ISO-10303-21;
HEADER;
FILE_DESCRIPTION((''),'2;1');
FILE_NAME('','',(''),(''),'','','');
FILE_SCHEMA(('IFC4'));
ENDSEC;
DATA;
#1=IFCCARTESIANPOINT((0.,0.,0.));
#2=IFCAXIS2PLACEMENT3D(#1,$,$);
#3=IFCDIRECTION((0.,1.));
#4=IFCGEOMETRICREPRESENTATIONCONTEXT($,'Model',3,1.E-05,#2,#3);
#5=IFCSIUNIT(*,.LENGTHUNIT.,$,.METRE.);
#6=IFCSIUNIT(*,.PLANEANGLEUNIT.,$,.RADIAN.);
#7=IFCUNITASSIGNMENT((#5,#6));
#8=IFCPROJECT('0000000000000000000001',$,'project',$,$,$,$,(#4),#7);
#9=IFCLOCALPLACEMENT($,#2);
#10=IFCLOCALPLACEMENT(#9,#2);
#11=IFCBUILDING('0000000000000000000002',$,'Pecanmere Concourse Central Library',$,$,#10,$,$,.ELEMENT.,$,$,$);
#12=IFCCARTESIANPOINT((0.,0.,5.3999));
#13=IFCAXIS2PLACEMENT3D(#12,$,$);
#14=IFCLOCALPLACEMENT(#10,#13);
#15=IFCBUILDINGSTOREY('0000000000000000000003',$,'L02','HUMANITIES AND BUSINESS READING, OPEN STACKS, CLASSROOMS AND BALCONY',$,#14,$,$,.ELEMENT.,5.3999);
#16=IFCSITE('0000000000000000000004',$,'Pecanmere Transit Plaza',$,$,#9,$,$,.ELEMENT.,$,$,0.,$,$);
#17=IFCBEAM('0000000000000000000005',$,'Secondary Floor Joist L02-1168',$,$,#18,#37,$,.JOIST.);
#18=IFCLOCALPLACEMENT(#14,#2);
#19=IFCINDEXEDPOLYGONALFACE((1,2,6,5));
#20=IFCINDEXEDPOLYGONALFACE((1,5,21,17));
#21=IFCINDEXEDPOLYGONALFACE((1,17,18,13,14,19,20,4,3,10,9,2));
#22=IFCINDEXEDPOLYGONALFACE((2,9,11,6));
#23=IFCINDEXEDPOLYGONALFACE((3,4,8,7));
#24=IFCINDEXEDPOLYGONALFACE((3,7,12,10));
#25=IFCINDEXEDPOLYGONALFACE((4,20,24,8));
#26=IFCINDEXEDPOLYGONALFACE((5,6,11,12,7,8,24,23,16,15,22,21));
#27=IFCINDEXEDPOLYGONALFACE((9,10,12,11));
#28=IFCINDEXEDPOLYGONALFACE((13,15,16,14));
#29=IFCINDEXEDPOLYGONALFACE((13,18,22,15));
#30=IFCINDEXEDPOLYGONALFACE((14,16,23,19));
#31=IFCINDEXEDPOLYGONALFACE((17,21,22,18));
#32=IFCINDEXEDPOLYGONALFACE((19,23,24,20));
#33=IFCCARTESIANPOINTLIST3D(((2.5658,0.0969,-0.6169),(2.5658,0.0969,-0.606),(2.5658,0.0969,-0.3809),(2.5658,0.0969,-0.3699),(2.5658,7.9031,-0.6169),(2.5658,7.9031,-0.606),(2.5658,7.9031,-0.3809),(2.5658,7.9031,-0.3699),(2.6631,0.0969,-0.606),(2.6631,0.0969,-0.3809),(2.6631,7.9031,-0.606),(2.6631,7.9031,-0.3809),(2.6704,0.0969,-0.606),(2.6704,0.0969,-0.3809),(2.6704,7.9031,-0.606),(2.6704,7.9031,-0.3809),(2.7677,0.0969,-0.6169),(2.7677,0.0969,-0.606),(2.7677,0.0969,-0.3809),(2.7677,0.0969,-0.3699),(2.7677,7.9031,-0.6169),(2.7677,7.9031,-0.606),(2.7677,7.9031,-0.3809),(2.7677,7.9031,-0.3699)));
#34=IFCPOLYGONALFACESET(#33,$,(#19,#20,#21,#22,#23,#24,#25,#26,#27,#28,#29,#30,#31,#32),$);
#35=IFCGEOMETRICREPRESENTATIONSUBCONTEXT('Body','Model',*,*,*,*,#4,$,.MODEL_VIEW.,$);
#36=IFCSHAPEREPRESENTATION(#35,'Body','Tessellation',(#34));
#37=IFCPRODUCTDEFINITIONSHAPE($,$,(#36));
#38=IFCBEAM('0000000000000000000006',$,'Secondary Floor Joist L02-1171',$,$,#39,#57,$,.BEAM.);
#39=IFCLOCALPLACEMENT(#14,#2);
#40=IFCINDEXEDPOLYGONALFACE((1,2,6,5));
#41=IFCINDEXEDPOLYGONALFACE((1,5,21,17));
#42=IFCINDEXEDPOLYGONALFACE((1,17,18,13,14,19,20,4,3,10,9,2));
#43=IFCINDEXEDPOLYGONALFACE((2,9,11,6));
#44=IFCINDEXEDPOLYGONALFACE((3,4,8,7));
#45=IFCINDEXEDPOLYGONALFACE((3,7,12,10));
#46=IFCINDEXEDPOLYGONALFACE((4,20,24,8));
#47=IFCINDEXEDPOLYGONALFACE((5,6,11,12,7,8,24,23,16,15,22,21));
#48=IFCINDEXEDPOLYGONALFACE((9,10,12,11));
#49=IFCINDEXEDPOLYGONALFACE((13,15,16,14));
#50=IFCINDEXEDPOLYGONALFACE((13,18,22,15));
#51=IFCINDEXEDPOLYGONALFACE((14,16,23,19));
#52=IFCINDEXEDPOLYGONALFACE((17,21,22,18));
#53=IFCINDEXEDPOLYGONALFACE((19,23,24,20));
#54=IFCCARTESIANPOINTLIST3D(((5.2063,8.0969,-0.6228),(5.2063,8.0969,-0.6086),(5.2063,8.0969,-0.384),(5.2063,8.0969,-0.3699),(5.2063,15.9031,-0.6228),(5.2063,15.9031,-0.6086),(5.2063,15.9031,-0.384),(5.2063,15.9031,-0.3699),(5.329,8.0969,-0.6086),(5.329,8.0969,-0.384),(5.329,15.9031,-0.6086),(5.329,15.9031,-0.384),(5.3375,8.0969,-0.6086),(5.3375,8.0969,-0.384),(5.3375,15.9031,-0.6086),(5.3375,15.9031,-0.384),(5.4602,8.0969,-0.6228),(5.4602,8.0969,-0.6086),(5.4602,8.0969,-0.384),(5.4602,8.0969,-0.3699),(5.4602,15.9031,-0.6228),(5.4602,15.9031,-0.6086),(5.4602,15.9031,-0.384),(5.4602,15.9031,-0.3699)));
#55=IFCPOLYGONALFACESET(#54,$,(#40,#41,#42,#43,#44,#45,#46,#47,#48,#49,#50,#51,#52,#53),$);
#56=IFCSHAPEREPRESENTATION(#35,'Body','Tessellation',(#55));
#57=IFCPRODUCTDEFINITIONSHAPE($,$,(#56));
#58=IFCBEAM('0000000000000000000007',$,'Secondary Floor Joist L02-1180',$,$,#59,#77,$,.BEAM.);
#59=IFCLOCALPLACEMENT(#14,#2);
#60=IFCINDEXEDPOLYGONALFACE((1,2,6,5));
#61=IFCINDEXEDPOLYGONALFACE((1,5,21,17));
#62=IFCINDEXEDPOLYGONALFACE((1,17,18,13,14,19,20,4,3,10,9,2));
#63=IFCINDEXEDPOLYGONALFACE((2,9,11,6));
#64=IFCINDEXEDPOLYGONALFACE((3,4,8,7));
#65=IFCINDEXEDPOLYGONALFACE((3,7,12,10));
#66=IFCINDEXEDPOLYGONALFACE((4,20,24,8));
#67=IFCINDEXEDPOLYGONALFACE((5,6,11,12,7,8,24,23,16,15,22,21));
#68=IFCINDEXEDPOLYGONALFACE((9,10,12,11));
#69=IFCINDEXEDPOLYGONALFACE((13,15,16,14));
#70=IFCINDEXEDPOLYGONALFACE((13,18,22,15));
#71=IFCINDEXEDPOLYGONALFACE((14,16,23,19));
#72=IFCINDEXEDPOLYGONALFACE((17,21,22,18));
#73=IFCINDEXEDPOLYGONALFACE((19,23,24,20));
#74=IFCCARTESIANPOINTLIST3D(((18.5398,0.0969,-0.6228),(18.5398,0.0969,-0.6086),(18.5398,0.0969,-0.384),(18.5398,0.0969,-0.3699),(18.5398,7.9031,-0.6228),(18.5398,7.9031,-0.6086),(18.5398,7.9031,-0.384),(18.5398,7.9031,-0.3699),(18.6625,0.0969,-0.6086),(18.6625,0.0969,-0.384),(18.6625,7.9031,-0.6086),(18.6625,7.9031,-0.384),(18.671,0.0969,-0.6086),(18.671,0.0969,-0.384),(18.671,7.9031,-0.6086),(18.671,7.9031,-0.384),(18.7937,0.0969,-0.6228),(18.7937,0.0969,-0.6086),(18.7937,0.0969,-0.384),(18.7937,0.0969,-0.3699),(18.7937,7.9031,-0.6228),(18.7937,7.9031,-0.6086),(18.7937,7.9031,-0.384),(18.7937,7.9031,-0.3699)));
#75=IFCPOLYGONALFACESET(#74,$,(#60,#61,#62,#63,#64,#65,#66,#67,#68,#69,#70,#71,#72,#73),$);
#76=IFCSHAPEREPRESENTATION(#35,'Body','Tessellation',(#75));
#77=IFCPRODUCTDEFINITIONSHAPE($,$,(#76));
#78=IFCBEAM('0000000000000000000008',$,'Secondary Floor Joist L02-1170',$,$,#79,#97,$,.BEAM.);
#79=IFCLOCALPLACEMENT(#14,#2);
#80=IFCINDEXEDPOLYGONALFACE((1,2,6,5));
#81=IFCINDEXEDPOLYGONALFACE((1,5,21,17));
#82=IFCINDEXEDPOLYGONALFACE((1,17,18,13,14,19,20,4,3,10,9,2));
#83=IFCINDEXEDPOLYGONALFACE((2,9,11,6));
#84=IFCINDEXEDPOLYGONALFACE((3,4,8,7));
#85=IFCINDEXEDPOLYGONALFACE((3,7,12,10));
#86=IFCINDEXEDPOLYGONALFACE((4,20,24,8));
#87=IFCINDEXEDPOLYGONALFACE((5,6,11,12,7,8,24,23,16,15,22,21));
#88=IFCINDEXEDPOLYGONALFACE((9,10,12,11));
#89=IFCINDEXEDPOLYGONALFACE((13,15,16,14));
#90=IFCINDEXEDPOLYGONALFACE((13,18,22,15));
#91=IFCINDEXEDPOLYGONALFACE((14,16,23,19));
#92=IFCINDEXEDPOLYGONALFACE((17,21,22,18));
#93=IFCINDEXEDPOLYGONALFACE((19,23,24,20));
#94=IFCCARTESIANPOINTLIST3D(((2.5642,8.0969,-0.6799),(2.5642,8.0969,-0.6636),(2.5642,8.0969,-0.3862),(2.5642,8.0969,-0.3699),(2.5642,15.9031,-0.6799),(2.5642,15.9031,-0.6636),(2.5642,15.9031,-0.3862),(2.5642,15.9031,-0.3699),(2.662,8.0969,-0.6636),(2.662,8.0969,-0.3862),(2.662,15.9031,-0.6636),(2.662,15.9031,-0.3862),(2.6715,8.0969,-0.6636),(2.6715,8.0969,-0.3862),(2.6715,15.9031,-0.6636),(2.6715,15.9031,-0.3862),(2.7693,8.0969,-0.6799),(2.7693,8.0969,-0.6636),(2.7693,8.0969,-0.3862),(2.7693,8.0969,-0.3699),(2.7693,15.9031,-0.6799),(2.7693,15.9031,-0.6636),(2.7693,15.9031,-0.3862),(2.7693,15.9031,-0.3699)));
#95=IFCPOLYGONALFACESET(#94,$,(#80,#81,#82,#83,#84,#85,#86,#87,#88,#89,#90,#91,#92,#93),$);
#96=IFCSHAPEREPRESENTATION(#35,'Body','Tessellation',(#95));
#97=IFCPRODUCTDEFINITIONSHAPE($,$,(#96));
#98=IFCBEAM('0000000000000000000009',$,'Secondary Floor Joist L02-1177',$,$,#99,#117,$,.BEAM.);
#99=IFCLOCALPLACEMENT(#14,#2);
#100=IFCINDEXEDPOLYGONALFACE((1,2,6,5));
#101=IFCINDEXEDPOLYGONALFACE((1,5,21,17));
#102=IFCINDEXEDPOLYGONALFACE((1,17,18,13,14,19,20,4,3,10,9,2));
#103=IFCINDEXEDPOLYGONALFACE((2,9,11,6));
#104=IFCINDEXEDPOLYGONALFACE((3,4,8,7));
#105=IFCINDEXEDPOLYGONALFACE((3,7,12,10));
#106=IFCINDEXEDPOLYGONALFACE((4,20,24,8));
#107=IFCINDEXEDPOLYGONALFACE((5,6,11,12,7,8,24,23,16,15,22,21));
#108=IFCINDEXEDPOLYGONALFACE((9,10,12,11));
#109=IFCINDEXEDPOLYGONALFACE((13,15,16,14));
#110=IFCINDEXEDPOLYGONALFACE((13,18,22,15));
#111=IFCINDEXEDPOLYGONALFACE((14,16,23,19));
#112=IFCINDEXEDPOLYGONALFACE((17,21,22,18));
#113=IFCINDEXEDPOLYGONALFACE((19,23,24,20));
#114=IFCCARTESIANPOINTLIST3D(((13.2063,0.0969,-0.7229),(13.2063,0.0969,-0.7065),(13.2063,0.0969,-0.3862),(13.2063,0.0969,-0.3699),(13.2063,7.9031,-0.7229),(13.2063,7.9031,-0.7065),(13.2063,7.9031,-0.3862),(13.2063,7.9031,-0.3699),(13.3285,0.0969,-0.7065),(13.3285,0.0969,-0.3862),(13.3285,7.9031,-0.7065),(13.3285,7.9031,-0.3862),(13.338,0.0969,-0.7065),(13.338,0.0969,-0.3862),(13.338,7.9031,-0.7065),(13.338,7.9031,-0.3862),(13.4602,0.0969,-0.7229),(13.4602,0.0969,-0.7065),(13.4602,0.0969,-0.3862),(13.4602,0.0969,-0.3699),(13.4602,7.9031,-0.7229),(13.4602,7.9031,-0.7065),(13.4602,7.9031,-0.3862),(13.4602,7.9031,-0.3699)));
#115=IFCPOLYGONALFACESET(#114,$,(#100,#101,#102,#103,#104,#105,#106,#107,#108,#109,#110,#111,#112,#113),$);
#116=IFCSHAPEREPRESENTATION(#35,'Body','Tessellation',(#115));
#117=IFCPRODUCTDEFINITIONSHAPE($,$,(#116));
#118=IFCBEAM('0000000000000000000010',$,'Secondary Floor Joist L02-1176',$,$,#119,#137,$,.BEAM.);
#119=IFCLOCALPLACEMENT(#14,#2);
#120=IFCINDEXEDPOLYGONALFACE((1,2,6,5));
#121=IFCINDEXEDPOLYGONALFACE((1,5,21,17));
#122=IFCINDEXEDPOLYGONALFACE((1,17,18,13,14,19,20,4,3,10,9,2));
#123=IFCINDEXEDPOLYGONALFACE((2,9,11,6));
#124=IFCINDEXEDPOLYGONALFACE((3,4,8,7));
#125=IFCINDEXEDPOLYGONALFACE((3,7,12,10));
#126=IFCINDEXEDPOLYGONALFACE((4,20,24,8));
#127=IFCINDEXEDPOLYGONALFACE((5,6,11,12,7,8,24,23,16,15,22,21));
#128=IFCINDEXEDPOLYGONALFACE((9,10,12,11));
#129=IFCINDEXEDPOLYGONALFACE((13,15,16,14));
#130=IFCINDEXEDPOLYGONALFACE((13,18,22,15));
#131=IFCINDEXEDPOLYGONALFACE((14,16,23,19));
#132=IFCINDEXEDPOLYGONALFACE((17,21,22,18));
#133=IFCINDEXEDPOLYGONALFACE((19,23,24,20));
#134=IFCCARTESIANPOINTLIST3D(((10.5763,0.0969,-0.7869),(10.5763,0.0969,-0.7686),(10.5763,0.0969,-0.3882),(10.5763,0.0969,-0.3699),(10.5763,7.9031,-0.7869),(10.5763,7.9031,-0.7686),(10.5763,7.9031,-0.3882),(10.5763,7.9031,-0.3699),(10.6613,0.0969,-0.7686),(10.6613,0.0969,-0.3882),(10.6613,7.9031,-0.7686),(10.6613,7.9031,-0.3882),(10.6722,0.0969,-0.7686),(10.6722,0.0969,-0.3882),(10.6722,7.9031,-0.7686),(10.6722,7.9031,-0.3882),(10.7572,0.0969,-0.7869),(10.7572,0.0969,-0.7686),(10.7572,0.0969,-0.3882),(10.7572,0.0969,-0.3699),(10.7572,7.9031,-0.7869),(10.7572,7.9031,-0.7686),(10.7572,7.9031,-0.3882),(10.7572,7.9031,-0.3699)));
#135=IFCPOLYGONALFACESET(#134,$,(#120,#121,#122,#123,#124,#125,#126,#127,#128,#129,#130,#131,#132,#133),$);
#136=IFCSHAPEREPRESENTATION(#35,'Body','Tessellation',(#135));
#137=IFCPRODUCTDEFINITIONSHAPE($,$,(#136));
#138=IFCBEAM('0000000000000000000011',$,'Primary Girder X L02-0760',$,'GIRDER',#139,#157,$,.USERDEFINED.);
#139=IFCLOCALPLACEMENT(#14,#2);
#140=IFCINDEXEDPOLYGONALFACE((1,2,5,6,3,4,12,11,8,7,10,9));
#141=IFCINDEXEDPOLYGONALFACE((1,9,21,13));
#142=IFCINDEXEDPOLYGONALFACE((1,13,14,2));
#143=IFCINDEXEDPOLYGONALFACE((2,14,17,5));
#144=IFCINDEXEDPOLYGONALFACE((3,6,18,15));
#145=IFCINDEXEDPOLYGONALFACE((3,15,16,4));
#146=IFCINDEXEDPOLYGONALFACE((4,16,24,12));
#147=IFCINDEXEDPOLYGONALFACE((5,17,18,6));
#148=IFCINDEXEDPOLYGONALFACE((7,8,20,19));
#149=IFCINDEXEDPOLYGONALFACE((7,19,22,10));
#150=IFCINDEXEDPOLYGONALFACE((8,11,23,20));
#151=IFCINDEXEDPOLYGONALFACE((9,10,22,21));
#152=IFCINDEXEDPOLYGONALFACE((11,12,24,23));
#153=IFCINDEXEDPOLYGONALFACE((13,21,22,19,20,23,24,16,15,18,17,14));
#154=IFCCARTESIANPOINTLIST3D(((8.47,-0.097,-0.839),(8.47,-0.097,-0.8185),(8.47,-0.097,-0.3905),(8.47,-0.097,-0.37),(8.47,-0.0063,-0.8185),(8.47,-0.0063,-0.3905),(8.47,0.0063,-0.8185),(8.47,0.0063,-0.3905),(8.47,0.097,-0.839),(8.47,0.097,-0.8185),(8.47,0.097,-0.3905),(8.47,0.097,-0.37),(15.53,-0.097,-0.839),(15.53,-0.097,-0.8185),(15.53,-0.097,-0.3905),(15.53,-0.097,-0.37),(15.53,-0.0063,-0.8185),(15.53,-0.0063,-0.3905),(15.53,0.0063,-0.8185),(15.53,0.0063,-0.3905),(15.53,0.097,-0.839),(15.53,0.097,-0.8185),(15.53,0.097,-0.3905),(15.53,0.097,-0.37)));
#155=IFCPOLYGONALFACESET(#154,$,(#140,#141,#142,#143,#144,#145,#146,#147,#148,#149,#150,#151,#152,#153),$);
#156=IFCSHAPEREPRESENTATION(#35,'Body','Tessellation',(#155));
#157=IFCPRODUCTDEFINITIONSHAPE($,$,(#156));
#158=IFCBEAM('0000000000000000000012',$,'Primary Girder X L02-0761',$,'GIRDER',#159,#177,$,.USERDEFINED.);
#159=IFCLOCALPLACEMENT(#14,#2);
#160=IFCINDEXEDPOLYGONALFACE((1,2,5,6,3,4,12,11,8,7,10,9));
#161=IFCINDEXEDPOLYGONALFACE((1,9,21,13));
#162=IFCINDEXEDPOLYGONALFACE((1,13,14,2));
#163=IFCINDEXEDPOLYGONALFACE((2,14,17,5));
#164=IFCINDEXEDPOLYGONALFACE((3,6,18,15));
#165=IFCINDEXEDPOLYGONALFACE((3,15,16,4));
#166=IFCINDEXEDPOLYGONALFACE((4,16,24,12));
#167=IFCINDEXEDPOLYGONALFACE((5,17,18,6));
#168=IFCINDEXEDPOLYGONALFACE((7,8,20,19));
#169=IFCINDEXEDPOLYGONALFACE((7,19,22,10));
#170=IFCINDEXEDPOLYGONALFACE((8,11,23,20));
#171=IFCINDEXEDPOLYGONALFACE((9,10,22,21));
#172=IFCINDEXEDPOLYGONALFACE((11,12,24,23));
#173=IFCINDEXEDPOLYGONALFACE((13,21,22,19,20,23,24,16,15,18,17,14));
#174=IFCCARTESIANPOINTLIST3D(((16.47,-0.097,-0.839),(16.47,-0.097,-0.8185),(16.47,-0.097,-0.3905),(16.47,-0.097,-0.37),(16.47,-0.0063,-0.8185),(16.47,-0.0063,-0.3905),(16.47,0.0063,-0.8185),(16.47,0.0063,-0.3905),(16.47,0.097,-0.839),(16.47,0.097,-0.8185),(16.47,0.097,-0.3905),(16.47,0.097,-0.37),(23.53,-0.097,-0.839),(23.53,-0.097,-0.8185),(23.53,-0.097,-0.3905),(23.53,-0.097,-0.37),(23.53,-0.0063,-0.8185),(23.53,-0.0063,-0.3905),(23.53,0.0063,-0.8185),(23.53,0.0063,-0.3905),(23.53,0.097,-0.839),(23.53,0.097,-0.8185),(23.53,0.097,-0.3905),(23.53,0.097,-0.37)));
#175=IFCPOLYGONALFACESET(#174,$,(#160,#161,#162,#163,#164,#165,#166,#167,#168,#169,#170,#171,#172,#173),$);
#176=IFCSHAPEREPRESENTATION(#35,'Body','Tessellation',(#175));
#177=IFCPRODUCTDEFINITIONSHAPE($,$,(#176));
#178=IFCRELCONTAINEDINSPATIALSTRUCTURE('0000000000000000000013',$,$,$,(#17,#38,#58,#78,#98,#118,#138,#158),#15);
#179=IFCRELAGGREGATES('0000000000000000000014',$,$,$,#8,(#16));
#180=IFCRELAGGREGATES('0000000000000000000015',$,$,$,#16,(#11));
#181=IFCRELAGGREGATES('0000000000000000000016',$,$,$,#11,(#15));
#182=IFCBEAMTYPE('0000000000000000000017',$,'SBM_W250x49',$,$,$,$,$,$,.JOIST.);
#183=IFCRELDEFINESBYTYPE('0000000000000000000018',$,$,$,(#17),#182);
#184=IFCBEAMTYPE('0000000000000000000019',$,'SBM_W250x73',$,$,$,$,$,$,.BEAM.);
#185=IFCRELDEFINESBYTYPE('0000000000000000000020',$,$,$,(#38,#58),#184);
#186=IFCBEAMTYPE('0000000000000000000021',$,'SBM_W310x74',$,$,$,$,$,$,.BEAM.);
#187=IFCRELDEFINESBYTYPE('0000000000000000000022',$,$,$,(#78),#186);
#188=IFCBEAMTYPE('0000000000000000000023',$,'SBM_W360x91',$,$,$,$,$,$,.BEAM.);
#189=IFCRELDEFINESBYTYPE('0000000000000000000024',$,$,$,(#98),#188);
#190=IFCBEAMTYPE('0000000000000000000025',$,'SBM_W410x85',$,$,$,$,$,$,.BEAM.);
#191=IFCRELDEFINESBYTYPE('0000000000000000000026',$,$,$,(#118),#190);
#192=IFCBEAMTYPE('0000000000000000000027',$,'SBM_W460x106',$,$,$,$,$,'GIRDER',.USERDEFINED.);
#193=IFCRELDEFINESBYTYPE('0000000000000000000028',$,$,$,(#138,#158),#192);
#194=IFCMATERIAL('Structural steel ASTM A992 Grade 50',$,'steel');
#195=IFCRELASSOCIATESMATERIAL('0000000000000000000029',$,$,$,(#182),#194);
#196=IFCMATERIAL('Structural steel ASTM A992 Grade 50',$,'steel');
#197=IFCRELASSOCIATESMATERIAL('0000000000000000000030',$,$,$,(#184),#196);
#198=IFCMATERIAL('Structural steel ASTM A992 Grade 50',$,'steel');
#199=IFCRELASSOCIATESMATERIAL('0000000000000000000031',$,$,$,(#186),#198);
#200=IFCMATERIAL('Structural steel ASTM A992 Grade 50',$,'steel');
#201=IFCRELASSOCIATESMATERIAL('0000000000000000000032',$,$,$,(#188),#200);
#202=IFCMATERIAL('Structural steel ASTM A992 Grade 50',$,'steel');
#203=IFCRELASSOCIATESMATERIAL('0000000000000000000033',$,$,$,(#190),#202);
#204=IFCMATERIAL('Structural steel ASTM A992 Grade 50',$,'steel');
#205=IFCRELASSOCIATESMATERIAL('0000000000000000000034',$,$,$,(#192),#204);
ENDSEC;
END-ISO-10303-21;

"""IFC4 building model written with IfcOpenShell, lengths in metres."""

from ifc_helpers import new_model, si_unit, direction, frame, origin, origin_2d, place, context, subcontext, project, spatial, i_section, extrude, material, material_profile, profile_set, type_object, element, save


model = new_model("IFC4")

# Units and contexts
model_context = context("Model", 3, precision=1e-05, world=origin(), true_north=direction((0.0, 1.0)))
body_context = subcontext(model_context, "Body", "Model", "MODEL_VIEW")
ifc_project = project(units=[si_unit("LENGTHUNIT", "METRE"), si_unit("PLANEANGLEUNIT", "RADIAN")], contexts=[model_context])

# Site, building, storey
site_placement = place(None, origin())
site = spatial("IfcSite", under=ifc_project, at=site_placement, Name="Pecanmere Transit Plaza", CompositionType="ELEMENT", RefElevation=0.0)
building_placement = place(site_placement, origin())
building = spatial("IfcBuilding", under=site, at=building_placement, Name="Pecanmere Concourse Central Library", CompositionType="ELEMENT")
storey_placement = place(building_placement, frame((0.0, 0.0, 5.3999)))
storey = spatial("IfcBuildingStorey", under=building, at=storey_placement, Name="L02", Description="HUMANITIES AND BUSINESS READING, OPEN STACKS, CLASSROOMS AND BALCONY", CompositionType="ELEMENT", Elevation=5.3999)

# Beams
ifc_material_1 = material(Name="Structural steel ASTM A992 Grade 50", Category="steel")
ifc_material_profile_1 = material_profile(ifc_material_1, i_section(OverallWidth=0.2019, OverallDepth=0.2471, WebThickness=0.0073, FlangeThickness=0.011, at=origin_2d()), Name="W250x49.1")
ifc_profile_set_1 = profile_set([ifc_material_profile_1], Name="Structural steel ASTM A992 Grade 50")
beam_type_1 = type_object("IfcBeamType", Name="SBM_W250x49", PredefinedType="JOIST", material=ifc_profile_set_1)
beam_1_placement = place(storey_placement, frame((2.6667, 0.0969, -0.4934), z_axis=(0.0, 1.0, 0.0), x_axis=(-1.0, 0.0, 0.0)))
element("IfcBeam", 1, at=beam_1_placement, inside=storey, type_object=beam_type_1, Name="Secondary Floor Joist L02-1168", PredefinedType="JOIST", context=body_context, shape_type="SweptSolid", body=[
    extrude(i_section(OverallWidth=0.2019, OverallDepth=0.2471, WebThickness=0.0073, FlangeThickness=0.011, at=origin_2d()), origin(), (0.0, 0.0, 1.0), 7.8062),
])
ifc_material_2 = material(Name="Structural steel ASTM A992 Grade 50", Category="steel")
ifc_material_profile_2 = material_profile(ifc_material_2, i_section(OverallWidth=0.2539, OverallDepth=0.2529, WebThickness=0.0085, FlangeThickness=0.0142, at=origin_2d()), Name="W250x73")
ifc_profile_set_2 = profile_set([ifc_material_profile_2], Name="Structural steel ASTM A992 Grade 50")
beam_type_2 = type_object("IfcBeamType", Name="SBM_W250x73", PredefinedType="BEAM", material=ifc_profile_set_2)
for number, where, z_axis, x_axis, name in (
    (2, (5.3333, 8.0969, -0.4963), (0.0, 1.0, 0.0), (-1.0, 0.0, 0.0), "Secondary Floor Joist L02-1171"),
    (3, (18.6667, 0.0969, -0.4963), (0.0, 1.0, 0.0), (-1.0, 0.0, 0.0), "Secondary Floor Joist L02-1180"),
):
    element("IfcBeam", number, at=place(storey_placement, frame(where, z_axis=z_axis, x_axis=x_axis)), inside=storey, type_object=beam_type_2, Name=name, PredefinedType="BEAM", context=body_context, shape_type="SweptSolid", body=[
        extrude(i_section(OverallWidth=0.2539, OverallDepth=0.2529, WebThickness=0.0085, FlangeThickness=0.0142, at=origin_2d()), origin(), (0.0, 0.0, 1.0), 7.8062),
    ])
ifc_material_3 = material(Name="Structural steel ASTM A992 Grade 50", Category="steel")
ifc_material_profile_3 = material_profile(ifc_material_3, i_section(OverallWidth=0.2051, OverallDepth=0.3101, WebThickness=0.0095, FlangeThickness=0.0164, at=origin_2d()), Name="W310x74")
ifc_profile_set_3 = profile_set([ifc_material_profile_3], Name="Structural steel ASTM A992 Grade 50")
beam_type_3 = type_object("IfcBeamType", Name="SBM_W310x74", PredefinedType="BEAM", material=ifc_profile_set_3)
beam_2_placement = place(storey_placement, frame((2.6667, 8.0969, -0.5249), z_axis=(0.0, 1.0, 0.0), x_axis=(-1.0, 0.0, 0.0)))
element("IfcBeam", 4, at=beam_2_placement, inside=storey, type_object=beam_type_3, Name="Secondary Floor Joist L02-1170", PredefinedType="BEAM", context=body_context, shape_type="SweptSolid", body=[
    extrude(i_section(OverallWidth=0.2051, OverallDepth=0.3101, WebThickness=0.0095, FlangeThickness=0.0164, at=origin_2d()), origin(), (0.0, 0.0, 1.0), 7.8062),
])
ifc_material_4 = material(Name="Structural steel ASTM A992 Grade 50", Category="steel")
ifc_material_profile_4 = material_profile(ifc_material_4, i_section(OverallWidth=0.2539, OverallDepth=0.353, WebThickness=0.0095, FlangeThickness=0.0164, at=origin_2d()), Name="W360x91")
ifc_profile_set_4 = profile_set([ifc_material_profile_4], Name="Structural steel ASTM A992 Grade 50")
beam_type_4 = type_object("IfcBeamType", Name="SBM_W360x91", PredefinedType="BEAM", material=ifc_profile_set_4)
beam_3_placement = place(storey_placement, frame((13.3333, 0.0969, -0.5464), z_axis=(0.0, 1.0, 0.0), x_axis=(-1.0, 0.0, 0.0)))
element("IfcBeam", 5, at=beam_3_placement, inside=storey, type_object=beam_type_4, Name="Secondary Floor Joist L02-1177", PredefinedType="BEAM", context=body_context, shape_type="SweptSolid", body=[
    extrude(i_section(OverallWidth=0.2539, OverallDepth=0.353, WebThickness=0.0095, FlangeThickness=0.0164, at=origin_2d()), origin(), (0.0, 0.0, 1.0), 7.8062),
])
ifc_material_5 = material(Name="Structural steel ASTM A992 Grade 50", Category="steel")
ifc_material_profile_5 = material_profile(ifc_material_5, i_section(OverallWidth=0.1809, OverallDepth=0.417, WebThickness=0.011, FlangeThickness=0.0183, at=origin_2d()), Name="W410x85")
ifc_profile_set_5 = profile_set([ifc_material_profile_5], Name="Structural steel ASTM A992 Grade 50")
beam_type_5 = type_object("IfcBeamType", Name="SBM_W410x85", PredefinedType="BEAM", material=ifc_profile_set_5)
beam_4_placement = place(storey_placement, frame((10.6667, 0.0969, -0.5784), z_axis=(0.0, 1.0, 0.0), x_axis=(-1.0, 0.0, 0.0)))
element("IfcBeam", 6, at=beam_4_placement, inside=storey, type_object=beam_type_5, Name="Secondary Floor Joist L02-1176", PredefinedType="BEAM", context=body_context, shape_type="SweptSolid", body=[
    extrude(i_section(OverallWidth=0.1809, OverallDepth=0.417, WebThickness=0.011, FlangeThickness=0.0183, at=origin_2d()), origin(), (0.0, 0.0, 1.0), 7.8062),
])
ifc_material_6 = material(Name="Structural steel ASTM A992 Grade 50", Category="steel")
ifc_material_profile_6 = material_profile(ifc_material_6, i_section(OverallWidth=0.1941, OverallDepth=0.469, WebThickness=0.0127, FlangeThickness=0.0205, at=origin_2d()), Name="W460x106")
ifc_profile_set_6 = profile_set([ifc_material_profile_6], Name="Structural steel ASTM A992 Grade 50")
beam_type_6 = type_object("IfcBeamType", Name="SBM_W460x106", ElementType="GIRDER", PredefinedType="USERDEFINED", material=ifc_profile_set_6)
for number, where, z_axis, x_axis, name in (
    (7, (8.47, 0.0, -0.6045), (1.0, 0.0, 0.0), (0.0, 1.0, 0.0), "Primary Girder X L02-0760"),
    (8, (16.47, 0.0, -0.6045), (1.0, 0.0, 0.0), (0.0, 1.0, 0.0), "Primary Girder X L02-0761"),
):
    element("IfcBeam", number, at=place(storey_placement, frame(where, z_axis=z_axis, x_axis=x_axis)), inside=storey, type_object=beam_type_6, Name=name, ObjectType="GIRDER", PredefinedType="USERDEFINED", context=body_context, shape_type="SweptSolid", body=[
        extrude(i_section(OverallWidth=0.1941, OverallDepth=0.469, WebThickness=0.0127, FlangeThickness=0.0205, at=origin_2d()), origin(), (0.0, 0.0, 1.0), 7.0601),
    ])

save(model, "model.ifc")
